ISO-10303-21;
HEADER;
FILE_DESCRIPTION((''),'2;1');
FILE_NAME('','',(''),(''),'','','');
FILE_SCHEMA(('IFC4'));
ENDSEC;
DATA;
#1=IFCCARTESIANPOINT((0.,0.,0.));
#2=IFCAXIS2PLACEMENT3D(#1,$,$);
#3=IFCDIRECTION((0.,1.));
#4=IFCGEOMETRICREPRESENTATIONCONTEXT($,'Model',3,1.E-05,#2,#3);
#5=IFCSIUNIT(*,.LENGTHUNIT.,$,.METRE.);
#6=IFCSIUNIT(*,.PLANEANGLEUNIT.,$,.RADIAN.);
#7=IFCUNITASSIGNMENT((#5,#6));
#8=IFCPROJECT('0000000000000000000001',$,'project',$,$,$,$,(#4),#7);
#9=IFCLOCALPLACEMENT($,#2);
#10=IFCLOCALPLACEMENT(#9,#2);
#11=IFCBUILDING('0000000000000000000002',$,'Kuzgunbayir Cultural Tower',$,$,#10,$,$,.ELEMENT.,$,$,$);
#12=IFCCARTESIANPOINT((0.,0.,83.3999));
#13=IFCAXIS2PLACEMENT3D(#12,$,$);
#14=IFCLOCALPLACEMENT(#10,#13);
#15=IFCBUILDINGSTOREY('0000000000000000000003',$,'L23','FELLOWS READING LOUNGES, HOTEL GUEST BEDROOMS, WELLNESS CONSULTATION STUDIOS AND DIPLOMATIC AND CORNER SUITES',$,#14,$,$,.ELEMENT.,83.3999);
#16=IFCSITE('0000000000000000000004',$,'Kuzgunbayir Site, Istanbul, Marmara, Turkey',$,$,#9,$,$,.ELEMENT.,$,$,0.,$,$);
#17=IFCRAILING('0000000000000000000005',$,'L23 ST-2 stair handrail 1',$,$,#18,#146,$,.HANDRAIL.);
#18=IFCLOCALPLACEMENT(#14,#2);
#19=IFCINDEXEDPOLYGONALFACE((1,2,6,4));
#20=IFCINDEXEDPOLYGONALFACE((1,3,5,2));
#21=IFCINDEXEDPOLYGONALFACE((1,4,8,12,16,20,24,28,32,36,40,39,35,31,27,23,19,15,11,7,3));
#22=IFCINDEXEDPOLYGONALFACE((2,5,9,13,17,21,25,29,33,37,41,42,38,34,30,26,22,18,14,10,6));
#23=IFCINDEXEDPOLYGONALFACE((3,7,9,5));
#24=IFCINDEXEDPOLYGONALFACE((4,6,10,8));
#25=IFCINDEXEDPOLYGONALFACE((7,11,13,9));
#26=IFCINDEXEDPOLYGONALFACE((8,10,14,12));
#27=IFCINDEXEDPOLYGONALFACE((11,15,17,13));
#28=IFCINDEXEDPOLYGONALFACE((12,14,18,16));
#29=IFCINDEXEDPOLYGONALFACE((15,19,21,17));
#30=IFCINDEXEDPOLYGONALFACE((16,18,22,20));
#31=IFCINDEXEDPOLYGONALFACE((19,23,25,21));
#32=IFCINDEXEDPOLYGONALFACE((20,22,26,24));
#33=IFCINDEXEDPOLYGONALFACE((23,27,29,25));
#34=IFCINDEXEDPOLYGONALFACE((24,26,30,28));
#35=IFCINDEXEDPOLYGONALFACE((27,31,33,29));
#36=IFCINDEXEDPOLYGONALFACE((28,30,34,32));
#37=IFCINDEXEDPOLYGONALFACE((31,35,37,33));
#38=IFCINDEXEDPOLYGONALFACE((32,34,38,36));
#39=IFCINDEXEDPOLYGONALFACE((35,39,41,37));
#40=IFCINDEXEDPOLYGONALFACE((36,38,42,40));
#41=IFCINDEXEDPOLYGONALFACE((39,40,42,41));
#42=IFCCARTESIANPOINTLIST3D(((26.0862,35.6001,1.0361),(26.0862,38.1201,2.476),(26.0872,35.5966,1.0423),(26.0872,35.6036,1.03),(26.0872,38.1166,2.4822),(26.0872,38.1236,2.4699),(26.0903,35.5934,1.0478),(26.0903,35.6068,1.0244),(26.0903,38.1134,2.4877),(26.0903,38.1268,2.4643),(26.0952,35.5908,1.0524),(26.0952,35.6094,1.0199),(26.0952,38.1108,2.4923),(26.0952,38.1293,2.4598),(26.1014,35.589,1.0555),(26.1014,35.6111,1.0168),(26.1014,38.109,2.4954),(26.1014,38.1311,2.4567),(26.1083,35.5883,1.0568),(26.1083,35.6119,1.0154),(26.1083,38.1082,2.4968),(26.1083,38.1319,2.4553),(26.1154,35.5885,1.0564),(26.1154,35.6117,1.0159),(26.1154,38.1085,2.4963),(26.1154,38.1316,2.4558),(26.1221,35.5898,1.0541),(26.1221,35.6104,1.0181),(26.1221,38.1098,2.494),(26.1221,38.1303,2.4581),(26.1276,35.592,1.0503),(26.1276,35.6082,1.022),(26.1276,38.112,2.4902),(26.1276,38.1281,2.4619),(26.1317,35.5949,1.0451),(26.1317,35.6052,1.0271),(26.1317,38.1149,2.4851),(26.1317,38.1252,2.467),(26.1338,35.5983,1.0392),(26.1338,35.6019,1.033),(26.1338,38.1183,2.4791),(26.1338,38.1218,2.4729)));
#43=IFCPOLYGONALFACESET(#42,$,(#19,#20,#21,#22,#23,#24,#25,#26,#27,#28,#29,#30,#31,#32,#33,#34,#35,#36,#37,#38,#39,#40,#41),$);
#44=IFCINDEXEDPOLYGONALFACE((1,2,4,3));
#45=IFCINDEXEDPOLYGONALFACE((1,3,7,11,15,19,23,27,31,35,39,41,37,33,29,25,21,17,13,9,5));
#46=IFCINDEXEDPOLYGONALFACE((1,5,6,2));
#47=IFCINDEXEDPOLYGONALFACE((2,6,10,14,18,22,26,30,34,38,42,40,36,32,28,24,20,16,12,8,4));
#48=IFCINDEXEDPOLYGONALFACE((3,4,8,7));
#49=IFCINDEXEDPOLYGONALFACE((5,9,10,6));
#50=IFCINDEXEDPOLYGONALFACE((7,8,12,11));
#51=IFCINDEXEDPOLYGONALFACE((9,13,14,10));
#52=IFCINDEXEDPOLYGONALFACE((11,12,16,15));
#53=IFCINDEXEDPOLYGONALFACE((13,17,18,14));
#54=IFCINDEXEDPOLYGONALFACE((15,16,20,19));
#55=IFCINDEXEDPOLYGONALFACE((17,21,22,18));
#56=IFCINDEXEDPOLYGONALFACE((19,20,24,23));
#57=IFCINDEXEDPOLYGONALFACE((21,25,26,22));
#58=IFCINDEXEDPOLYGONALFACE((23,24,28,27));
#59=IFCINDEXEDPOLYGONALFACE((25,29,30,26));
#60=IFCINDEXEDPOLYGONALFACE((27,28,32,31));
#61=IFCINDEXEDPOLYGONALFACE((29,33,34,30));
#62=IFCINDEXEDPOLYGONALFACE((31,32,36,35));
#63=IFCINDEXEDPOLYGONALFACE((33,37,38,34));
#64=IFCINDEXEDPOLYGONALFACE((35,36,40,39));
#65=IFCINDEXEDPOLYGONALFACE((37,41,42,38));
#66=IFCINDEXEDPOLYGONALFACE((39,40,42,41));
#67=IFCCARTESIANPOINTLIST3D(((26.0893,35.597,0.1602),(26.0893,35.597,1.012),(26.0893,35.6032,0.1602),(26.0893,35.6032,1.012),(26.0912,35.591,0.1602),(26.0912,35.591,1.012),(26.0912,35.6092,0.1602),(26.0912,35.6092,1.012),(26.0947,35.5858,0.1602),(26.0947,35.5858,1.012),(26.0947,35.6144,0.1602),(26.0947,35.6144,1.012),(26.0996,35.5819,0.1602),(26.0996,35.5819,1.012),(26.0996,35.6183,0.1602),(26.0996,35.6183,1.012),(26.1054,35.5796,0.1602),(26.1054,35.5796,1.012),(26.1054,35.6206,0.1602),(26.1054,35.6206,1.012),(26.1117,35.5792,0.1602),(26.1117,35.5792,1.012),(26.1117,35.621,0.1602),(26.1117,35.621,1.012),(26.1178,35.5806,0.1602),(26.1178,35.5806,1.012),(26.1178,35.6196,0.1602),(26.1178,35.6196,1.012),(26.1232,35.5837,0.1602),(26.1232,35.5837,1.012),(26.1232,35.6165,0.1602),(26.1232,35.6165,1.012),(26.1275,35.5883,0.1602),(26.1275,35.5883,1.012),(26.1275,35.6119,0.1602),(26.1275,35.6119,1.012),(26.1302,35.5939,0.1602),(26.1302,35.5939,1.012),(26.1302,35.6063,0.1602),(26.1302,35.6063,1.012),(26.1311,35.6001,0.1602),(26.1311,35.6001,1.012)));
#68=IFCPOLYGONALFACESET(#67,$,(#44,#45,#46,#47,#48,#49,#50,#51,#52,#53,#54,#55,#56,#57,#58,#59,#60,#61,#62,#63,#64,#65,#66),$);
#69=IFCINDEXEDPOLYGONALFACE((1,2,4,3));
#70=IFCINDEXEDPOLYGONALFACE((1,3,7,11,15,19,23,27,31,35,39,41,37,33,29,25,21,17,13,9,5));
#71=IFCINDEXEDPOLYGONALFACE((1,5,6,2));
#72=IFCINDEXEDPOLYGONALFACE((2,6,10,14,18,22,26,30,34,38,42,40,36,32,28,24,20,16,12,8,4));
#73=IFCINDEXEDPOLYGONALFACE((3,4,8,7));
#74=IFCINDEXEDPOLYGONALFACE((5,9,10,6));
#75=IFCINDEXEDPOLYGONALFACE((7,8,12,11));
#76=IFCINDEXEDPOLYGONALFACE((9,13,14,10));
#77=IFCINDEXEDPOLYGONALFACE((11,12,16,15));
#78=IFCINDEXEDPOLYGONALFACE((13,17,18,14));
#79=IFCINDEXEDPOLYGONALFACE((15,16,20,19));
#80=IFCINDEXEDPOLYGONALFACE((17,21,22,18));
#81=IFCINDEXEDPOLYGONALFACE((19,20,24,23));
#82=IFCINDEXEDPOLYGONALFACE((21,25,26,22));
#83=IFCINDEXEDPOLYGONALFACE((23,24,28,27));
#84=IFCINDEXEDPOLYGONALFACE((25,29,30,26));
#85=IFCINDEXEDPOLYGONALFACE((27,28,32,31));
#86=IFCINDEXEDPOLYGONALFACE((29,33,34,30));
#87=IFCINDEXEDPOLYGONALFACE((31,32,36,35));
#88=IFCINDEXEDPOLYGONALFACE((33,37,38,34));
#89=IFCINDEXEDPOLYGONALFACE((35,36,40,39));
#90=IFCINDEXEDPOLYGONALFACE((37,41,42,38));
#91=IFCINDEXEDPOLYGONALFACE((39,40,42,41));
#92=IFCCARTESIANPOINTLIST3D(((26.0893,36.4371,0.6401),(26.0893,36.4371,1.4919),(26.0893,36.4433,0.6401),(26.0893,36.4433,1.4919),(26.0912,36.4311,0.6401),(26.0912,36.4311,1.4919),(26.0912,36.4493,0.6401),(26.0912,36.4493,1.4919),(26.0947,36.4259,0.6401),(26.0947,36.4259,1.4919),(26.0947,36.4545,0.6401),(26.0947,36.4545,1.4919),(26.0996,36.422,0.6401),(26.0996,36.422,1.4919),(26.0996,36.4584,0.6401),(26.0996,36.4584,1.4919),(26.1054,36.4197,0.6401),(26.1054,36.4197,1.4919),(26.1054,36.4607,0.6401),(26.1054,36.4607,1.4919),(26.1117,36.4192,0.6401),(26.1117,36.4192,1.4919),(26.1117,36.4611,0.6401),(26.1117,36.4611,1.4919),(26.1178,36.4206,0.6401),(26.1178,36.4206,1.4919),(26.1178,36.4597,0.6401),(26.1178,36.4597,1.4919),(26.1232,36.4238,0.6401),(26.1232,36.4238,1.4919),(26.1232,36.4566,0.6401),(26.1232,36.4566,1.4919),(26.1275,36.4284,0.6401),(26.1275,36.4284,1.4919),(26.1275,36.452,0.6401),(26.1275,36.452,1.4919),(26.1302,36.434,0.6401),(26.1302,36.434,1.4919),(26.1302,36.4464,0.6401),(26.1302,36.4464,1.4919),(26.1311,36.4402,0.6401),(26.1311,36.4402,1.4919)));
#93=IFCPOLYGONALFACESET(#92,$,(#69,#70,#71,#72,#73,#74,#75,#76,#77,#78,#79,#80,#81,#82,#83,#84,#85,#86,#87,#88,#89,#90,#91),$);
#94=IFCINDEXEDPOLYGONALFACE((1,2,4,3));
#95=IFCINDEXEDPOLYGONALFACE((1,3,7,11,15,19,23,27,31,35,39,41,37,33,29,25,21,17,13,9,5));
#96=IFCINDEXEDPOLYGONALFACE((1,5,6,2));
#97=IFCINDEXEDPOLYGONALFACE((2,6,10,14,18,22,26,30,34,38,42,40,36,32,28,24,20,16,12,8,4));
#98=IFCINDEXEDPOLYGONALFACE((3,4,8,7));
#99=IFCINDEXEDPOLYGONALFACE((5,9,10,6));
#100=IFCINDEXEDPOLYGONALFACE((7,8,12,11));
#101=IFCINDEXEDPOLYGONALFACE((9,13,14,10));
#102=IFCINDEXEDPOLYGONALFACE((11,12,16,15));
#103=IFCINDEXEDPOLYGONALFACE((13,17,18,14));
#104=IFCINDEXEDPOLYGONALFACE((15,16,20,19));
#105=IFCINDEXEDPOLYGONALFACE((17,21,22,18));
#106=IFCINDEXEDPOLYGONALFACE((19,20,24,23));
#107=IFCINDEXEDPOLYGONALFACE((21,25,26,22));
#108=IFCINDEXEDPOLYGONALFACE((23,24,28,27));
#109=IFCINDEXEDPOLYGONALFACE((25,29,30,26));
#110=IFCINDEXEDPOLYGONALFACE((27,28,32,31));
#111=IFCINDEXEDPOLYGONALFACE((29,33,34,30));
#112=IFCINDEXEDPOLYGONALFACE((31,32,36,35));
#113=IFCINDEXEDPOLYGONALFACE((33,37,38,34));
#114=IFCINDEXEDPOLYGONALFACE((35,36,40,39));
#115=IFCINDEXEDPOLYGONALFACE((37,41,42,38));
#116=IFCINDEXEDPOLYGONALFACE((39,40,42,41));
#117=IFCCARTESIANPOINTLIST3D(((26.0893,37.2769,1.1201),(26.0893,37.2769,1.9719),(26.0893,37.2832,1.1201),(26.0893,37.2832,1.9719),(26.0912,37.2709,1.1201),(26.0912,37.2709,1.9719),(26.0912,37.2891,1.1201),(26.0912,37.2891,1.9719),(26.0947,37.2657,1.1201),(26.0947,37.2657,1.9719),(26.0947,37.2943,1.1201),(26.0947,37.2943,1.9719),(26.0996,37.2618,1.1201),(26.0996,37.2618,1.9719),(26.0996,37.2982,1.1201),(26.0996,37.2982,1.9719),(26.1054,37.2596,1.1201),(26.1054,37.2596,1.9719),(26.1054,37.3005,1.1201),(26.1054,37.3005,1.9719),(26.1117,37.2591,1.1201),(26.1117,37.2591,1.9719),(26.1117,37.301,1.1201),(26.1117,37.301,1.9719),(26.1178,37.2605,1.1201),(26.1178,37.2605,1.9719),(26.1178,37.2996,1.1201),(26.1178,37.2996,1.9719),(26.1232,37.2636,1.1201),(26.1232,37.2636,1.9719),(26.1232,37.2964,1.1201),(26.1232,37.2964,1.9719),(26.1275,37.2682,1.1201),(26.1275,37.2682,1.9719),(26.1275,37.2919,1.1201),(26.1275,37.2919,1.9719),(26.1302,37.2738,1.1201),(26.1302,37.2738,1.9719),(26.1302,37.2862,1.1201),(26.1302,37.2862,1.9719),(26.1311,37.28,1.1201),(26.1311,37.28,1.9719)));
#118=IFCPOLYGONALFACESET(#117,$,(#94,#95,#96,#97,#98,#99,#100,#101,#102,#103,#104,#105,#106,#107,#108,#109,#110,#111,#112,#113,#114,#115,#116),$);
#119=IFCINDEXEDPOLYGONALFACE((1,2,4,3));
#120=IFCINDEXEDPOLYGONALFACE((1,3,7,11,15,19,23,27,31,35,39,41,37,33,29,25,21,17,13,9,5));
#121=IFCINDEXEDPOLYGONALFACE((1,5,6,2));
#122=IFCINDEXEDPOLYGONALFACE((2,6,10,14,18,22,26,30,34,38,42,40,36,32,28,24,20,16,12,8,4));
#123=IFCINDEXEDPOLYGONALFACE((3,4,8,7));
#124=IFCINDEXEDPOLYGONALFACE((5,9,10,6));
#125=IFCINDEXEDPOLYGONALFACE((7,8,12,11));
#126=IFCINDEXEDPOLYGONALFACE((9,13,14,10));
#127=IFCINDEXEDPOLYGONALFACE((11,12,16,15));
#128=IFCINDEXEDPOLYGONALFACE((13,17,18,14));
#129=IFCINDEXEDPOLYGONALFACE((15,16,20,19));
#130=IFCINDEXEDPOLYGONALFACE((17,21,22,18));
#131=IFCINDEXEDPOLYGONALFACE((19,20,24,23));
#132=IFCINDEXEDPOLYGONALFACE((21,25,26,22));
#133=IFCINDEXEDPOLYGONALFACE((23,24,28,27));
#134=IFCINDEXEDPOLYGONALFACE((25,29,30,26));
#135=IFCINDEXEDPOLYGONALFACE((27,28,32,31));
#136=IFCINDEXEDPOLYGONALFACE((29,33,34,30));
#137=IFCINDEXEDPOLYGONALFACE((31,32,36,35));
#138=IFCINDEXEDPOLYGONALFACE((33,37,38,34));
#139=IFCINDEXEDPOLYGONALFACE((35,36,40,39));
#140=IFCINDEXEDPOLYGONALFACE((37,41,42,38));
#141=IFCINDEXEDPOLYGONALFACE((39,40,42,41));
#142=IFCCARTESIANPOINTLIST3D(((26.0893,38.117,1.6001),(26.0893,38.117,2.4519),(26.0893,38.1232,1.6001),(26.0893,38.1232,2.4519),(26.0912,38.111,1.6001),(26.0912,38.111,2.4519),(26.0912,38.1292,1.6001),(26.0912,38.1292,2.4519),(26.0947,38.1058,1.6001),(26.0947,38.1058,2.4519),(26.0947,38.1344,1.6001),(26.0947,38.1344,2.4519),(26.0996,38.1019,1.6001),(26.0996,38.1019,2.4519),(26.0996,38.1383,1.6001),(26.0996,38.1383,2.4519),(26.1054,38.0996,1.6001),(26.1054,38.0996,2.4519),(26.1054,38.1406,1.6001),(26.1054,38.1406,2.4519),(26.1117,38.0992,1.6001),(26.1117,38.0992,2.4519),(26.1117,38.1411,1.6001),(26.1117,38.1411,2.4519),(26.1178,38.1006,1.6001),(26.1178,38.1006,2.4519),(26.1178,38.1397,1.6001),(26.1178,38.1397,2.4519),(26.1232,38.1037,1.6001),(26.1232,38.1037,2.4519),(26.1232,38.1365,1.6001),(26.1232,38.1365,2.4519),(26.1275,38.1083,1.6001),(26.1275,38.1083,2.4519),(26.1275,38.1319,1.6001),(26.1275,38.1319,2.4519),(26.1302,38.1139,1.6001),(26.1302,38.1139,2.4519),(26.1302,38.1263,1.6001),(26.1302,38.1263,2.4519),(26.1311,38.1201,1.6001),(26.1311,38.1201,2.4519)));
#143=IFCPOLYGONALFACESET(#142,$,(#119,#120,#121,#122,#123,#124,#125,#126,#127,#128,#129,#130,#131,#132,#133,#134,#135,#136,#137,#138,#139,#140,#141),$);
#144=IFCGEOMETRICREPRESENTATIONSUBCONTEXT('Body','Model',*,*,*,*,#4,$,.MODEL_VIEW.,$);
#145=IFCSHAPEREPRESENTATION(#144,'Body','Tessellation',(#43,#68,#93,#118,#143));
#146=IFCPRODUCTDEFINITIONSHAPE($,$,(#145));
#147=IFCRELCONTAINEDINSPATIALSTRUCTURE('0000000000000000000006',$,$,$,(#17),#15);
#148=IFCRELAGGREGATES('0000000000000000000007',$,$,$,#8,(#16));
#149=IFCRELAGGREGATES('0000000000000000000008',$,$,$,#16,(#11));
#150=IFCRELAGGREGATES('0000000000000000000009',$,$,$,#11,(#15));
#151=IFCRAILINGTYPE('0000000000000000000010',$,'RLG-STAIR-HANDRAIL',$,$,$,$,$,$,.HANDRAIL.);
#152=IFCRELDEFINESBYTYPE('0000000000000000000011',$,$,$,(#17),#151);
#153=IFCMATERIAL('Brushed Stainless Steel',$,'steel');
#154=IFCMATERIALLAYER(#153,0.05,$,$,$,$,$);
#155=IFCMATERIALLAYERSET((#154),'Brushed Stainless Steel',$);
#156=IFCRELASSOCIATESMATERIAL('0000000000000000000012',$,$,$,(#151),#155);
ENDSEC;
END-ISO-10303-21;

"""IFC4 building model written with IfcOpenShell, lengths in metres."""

from ifc_helpers import new_model, si_unit, direction, frame, origin, origin_2d, place, context, subcontext, project, spatial, circle, extrude, material, layer, layer_set, type_object, element, save


model = new_model("IFC4")

# Units and contexts
model_context = context("Model", 3, precision=1e-05, world=origin(), true_north=direction((0.0, 1.0)))
body_context = subcontext(model_context, "Body", "Model", "MODEL_VIEW")
ifc_project = project(units=[si_unit("LENGTHUNIT", "METRE"), si_unit("PLANEANGLEUNIT", "RADIAN")], contexts=[model_context])

# Site, building, storey
site_placement = place(None, origin())
site = spatial("IfcSite", under=ifc_project, at=site_placement, Name="Kuzgunbayir Site, Istanbul, Marmara, Turkey", CompositionType="ELEMENT", RefElevation=0.0)
building_placement = place(site_placement, origin())
building = spatial("IfcBuilding", under=site, at=building_placement, Name="Kuzgunbayir Cultural Tower", CompositionType="ELEMENT")
storey_placement = place(building_placement, frame((0.0, 0.0, 83.3999)))
storey = spatial("IfcBuildingStorey", under=building, at=storey_placement, Name="L23", Description="FELLOWS READING LOUNGES, HOTEL GUEST BEDROOMS, WELLNESS CONSULTATION STUDIOS AND DIPLOMATIC AND CORNER SUITES", CompositionType="ELEMENT", Elevation=83.3999)

# Railing
ifc_material_1 = material(Name="Brushed Stainless Steel", Category="steel")
ifc_layer_1 = layer(ifc_material_1, 0.05)
ifc_layer_set_1 = layer_set([ifc_layer_1], Name="Brushed Stainless Steel")
railing_type_1 = type_object("IfcRailingType", Name="RLG-STAIR-HANDRAIL", PredefinedType="HANDRAIL", material=ifc_layer_set_1)
railing_1_placement = place(storey_placement, frame((26.1101, 35.6001, 0.1602)))
element("IfcRailing", 1, at=railing_1_placement, inside=storey, type_object=railing_type_1, Name="L23 ST-2 stair handrail 1", PredefinedType="HANDRAIL", context=body_context, shape_type="SweptSolid", body=[
    extrude(circle(Radius=0.0239, at=origin_2d()), frame((0.0, 0.0, 0.876), z_axis=(0.0, 0.868253, 0.496121), x_axis=(-1.0, 0.0, 0.0)), (0.0, 0.0, 1.0), 2.9023),
    extrude(circle(Radius=0.021, at=origin_2d()), origin(), (0.0, 0.0, 1.0), 0.8518),
    extrude(circle(Radius=0.021, at=origin_2d()), frame((0.0, 0.8401, 0.48)), (0.0, 0.0, 1.0), 0.8518),
    extrude(circle(Radius=0.021, at=origin_2d()), frame((0.0, 1.6799, 0.96)), (0.0, 0.0, 1.0), 0.8518),
    extrude(circle(Radius=0.021, at=origin_2d()), frame((0.0, 2.52, 1.4399)), (0.0, 0.0, 1.0), 0.8518),
])

save(model, "model.ifc")
